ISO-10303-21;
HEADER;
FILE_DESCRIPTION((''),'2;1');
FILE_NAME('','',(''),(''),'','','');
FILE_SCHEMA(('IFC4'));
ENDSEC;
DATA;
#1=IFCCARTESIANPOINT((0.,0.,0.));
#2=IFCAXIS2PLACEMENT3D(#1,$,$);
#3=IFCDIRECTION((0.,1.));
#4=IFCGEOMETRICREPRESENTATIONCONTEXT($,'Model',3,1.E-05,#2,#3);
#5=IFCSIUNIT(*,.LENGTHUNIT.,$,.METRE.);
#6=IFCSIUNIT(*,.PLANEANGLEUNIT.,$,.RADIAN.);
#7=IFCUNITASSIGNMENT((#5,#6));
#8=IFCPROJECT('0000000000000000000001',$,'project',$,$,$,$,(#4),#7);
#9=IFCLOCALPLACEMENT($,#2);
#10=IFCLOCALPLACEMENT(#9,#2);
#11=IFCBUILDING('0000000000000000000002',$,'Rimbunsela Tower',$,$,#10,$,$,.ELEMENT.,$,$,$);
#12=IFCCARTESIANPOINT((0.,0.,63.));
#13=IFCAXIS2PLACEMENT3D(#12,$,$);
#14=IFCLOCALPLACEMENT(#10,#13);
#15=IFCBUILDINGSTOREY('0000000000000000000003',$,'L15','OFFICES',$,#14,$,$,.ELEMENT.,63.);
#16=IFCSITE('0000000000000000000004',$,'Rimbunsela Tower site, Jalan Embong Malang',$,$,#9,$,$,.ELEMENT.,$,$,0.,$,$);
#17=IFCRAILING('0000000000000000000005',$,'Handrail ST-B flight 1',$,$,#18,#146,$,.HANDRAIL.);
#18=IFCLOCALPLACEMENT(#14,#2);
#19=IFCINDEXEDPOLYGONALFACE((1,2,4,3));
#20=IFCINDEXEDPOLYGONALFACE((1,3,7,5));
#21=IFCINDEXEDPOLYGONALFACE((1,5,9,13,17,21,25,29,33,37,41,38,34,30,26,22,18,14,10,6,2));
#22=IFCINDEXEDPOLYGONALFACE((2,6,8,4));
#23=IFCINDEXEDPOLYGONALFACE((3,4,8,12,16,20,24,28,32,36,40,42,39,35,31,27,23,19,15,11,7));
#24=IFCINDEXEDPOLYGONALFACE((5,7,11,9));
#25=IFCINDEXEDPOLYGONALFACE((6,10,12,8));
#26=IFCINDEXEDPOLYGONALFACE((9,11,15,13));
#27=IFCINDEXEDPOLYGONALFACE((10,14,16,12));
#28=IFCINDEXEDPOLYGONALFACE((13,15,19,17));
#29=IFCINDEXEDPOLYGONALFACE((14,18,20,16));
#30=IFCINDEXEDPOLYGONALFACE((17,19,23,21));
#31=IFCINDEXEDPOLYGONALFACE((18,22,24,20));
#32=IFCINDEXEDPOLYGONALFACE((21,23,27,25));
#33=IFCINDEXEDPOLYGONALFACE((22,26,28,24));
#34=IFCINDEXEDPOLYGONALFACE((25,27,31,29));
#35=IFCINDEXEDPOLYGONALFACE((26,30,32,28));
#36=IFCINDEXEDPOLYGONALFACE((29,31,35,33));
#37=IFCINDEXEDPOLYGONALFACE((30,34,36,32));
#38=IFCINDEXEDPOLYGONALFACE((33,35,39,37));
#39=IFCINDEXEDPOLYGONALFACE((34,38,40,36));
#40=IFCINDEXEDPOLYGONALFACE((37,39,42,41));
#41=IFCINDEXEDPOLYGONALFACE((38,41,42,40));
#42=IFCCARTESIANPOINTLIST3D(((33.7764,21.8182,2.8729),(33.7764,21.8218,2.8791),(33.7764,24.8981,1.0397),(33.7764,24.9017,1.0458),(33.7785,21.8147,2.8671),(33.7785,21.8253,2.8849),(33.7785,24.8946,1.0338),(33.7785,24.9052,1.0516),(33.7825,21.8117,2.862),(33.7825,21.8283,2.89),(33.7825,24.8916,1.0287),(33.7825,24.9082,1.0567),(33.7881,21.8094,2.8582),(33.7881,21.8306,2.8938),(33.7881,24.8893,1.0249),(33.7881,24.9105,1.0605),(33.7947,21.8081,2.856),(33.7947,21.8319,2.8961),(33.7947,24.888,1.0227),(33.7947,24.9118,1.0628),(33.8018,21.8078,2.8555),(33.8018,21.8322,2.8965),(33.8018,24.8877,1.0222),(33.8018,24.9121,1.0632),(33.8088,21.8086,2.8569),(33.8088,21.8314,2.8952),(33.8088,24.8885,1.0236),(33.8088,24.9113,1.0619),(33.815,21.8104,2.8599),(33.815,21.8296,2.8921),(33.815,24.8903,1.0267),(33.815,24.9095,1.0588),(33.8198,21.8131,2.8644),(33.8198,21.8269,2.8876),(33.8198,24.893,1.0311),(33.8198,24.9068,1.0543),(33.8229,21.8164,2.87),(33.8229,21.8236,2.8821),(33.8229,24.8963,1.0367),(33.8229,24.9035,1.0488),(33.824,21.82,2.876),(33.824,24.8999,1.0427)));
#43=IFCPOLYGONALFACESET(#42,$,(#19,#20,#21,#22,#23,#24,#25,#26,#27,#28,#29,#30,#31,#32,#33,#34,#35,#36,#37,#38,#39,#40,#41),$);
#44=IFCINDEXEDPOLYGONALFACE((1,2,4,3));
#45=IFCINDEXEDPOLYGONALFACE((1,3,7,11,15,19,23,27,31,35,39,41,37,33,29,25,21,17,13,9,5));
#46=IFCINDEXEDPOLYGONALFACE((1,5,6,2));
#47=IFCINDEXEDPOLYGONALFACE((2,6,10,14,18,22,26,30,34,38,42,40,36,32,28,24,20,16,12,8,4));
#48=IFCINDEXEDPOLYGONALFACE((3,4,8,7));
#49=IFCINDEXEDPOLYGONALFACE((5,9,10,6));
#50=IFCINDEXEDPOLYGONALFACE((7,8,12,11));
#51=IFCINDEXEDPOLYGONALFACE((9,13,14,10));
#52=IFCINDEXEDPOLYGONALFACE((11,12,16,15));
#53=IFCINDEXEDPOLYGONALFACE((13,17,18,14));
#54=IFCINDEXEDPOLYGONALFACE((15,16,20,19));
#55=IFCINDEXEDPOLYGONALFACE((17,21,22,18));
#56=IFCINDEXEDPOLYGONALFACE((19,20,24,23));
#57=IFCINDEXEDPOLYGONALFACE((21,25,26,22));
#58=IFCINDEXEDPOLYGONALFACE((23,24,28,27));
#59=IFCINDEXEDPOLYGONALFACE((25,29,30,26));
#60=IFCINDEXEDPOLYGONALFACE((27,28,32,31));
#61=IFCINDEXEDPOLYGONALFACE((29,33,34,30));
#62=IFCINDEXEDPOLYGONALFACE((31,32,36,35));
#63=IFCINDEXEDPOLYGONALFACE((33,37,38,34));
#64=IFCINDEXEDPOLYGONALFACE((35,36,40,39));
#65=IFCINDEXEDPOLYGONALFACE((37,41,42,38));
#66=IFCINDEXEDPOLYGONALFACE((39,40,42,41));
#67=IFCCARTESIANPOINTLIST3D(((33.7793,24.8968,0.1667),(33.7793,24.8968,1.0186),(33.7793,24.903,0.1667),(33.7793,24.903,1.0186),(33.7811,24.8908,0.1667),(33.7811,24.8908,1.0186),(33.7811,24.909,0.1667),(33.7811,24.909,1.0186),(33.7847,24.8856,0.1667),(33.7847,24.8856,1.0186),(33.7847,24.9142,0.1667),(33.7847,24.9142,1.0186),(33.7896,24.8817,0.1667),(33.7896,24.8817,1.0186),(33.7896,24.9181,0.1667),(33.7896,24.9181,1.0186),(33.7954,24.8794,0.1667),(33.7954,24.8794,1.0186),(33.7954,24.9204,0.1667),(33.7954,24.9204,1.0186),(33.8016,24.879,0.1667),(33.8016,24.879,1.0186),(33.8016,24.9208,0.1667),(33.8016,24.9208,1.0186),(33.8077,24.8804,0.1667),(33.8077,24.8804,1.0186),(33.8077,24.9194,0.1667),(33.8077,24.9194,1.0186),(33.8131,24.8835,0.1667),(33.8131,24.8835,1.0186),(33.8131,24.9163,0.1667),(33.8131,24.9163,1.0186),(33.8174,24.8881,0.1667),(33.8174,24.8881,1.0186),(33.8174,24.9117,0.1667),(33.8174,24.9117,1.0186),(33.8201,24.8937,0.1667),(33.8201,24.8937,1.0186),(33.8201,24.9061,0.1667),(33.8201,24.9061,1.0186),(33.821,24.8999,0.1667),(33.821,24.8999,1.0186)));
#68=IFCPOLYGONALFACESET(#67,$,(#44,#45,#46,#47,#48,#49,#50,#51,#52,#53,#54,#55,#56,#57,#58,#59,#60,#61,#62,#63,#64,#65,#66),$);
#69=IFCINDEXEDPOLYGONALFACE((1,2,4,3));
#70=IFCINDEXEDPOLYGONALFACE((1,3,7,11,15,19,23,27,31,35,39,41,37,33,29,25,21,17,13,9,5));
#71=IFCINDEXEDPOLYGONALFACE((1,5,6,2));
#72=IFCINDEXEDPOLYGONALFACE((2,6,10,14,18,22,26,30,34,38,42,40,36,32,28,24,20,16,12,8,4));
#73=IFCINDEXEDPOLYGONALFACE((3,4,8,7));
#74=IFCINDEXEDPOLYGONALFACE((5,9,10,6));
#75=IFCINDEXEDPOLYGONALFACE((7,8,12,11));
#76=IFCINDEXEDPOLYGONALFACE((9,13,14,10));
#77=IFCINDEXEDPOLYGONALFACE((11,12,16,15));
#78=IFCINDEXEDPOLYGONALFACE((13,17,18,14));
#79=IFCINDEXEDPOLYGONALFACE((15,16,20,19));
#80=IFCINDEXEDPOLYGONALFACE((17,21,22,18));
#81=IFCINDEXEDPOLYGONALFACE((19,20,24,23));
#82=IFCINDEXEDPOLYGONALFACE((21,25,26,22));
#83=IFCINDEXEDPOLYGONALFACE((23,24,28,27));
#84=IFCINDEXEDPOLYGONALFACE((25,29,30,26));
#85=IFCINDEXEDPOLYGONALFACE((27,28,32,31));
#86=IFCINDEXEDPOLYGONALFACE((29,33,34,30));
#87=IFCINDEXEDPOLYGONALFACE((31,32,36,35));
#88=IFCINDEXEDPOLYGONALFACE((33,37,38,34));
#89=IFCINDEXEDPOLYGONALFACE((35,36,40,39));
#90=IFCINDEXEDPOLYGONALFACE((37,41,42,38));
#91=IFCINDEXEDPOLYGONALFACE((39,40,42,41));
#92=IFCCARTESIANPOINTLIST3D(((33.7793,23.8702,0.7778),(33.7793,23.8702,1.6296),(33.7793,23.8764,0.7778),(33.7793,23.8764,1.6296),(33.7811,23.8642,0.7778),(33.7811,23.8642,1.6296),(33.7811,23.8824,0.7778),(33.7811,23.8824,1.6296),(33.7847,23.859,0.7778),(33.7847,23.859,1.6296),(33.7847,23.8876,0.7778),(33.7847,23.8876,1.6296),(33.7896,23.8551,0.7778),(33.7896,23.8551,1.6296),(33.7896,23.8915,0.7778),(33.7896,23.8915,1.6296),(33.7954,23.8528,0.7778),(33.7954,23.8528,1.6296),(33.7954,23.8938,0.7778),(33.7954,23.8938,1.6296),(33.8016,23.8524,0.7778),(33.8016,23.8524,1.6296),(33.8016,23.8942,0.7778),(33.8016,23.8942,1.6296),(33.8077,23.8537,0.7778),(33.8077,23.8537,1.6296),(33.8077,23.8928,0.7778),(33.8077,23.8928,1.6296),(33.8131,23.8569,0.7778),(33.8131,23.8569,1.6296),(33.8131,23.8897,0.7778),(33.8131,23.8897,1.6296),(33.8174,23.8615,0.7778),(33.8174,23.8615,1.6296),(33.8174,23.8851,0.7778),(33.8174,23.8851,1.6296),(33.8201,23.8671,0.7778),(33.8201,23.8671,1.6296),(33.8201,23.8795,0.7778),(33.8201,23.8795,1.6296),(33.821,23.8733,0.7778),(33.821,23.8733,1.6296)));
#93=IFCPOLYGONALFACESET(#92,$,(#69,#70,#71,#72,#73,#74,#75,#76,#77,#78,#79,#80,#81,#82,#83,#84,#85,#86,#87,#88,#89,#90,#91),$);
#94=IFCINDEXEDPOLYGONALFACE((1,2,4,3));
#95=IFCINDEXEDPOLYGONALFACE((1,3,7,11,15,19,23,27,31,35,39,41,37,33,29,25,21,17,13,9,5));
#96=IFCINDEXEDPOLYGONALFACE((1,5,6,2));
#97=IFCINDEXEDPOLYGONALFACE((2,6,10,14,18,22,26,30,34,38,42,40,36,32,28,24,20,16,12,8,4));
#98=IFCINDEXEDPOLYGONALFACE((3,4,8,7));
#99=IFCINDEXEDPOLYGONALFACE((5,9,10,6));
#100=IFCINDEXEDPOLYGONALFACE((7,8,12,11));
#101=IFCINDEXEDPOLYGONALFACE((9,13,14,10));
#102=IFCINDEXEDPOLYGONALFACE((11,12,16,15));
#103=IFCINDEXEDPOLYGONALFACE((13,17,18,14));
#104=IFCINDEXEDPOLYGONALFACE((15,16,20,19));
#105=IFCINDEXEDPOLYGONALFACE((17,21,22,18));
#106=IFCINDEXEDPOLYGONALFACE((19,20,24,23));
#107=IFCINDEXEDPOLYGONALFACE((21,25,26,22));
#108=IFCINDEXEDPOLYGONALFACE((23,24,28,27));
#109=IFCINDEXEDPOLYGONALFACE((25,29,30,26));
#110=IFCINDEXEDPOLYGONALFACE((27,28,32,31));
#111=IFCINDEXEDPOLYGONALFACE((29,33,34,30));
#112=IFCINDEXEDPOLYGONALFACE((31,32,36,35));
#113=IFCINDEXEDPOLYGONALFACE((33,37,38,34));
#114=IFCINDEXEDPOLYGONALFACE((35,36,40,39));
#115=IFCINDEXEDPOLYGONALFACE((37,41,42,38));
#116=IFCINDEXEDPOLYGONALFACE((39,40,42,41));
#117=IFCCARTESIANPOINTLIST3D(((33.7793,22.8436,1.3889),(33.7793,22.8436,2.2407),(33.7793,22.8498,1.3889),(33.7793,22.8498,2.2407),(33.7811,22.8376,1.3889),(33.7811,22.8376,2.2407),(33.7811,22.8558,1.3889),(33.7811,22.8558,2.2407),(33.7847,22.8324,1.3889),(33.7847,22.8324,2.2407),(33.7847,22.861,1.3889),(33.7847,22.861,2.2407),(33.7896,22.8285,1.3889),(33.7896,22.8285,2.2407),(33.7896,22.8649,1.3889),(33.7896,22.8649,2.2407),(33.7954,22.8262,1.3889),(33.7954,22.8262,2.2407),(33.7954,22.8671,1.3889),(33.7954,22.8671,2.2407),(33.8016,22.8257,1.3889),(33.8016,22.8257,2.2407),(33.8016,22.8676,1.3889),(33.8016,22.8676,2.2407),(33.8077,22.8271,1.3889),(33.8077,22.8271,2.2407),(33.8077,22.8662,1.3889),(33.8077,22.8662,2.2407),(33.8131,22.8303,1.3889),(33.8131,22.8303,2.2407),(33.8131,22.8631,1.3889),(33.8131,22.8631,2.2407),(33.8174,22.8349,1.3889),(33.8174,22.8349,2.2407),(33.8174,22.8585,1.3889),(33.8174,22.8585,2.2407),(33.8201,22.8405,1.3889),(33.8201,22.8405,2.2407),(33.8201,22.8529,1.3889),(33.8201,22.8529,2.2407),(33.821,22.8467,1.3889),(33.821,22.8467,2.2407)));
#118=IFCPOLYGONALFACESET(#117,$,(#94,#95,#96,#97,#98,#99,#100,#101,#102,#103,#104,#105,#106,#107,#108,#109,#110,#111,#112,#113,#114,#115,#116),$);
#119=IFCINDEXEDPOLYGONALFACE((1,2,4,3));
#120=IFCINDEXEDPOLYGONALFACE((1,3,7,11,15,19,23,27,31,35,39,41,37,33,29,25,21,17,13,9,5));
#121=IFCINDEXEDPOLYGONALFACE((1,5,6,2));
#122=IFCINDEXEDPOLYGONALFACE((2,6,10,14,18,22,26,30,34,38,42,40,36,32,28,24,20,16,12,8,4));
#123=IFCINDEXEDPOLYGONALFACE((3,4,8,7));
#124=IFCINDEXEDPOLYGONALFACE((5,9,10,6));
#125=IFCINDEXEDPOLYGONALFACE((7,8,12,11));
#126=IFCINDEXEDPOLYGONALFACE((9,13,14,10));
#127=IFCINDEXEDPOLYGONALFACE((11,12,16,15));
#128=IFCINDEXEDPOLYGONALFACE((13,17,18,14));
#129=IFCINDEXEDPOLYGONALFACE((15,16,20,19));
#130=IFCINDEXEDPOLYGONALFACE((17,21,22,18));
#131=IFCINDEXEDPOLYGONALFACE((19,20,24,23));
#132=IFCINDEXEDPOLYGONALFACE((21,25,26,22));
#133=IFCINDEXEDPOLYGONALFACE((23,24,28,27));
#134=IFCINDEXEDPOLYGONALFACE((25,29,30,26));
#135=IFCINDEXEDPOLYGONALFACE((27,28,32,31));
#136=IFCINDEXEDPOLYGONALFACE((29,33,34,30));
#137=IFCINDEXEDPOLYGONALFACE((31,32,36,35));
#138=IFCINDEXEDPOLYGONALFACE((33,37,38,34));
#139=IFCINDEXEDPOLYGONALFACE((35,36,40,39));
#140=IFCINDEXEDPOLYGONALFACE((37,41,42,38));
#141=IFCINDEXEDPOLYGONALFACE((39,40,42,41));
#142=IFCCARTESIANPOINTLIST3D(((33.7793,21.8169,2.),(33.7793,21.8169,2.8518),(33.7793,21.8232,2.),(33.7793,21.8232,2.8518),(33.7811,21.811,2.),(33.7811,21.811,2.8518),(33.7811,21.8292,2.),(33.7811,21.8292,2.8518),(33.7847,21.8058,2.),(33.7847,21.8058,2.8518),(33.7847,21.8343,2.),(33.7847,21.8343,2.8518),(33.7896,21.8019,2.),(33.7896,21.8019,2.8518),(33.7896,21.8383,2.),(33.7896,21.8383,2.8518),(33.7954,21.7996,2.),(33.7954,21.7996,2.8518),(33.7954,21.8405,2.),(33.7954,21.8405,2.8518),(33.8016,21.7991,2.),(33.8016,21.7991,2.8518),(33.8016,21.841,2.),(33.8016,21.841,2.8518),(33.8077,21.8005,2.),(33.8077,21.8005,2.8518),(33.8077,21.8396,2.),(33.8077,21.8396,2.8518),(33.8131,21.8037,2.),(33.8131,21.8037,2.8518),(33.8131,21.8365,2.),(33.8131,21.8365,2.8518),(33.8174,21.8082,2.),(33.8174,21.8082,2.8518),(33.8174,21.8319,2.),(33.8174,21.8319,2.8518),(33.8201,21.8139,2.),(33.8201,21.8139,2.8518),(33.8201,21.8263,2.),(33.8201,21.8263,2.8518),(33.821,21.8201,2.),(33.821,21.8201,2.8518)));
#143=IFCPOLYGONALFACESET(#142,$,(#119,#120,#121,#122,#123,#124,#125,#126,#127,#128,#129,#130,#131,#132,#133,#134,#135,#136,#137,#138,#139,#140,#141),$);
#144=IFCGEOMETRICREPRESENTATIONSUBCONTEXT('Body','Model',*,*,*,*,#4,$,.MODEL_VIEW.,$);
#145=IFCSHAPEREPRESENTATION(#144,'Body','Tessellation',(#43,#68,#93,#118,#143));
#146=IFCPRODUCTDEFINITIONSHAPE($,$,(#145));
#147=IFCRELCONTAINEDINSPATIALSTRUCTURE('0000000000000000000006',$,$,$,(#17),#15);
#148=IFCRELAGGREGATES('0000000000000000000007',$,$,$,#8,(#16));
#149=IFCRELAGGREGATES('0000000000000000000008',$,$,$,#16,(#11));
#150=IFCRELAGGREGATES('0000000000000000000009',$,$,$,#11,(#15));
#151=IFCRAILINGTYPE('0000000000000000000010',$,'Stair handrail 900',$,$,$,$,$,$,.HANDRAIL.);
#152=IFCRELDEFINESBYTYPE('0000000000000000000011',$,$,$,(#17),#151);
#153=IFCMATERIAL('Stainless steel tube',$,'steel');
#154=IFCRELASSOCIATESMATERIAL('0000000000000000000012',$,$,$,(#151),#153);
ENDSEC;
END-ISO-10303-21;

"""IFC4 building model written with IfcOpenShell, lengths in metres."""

from ifc_helpers import new_model, si_unit, direction, frame, origin, origin_2d, place, context, subcontext, project, spatial, circle, extrude, material, type_object, element, save


model = new_model("IFC4")

# Units and contexts
model_context = context("Model", 3, precision=1e-05, world=origin(), true_north=direction((0.0, 1.0)))
body_context = subcontext(model_context, "Body", "Model", "MODEL_VIEW")
ifc_project = project(units=[si_unit("LENGTHUNIT", "METRE"), si_unit("PLANEANGLEUNIT", "RADIAN")], contexts=[model_context])

# Site, building, storey
site_placement = place(None, origin())
site = spatial("IfcSite", under=ifc_project, at=site_placement, Name="Rimbunsela Tower site, Jalan Embong Malang", CompositionType="ELEMENT", RefElevation=0.0)
building_placement = place(site_placement, origin())
building = spatial("IfcBuilding", under=site, at=building_placement, Name="Rimbunsela Tower", CompositionType="ELEMENT")
storey_placement = place(building_placement, frame((0.0, 0.0, 63.0)))
storey = spatial("IfcBuildingStorey", under=building, at=storey_placement, Name="L15", Description="OFFICES", CompositionType="ELEMENT", Elevation=63.0)

# Railing
ifc_material_1 = material(Name="Stainless steel tube", Category="steel")
railing_type = type_object("IfcRailingType", Name="Stair handrail 900", PredefinedType="HANDRAIL", material=ifc_material_1)
railing_placement = place(storey_placement, frame((33.8, 24.8999, 0.1667)))
element("IfcRailing", 1, at=railing_placement, inside=storey, type_object=railing_type, Name="Handrail ST-B flight 1", PredefinedType="HANDRAIL", context=body_context, shape_type="SweptSolid", body=[
    extrude(circle(Radius=0.0239, at=origin_2d()), frame((0.0, 0.0, 0.876), z_axis=(0.0, -0.859291, 0.511487), x_axis=(1.0, 0.0, 0.0)), (0.0, 0.0, 1.0), 3.5842),
    extrude(circle(Radius=0.021, at=origin_2d()), origin(), (0.0, 0.0, 1.0), 0.8518),
    extrude(circle(Radius=0.021, at=origin_2d()), frame((0.0, -1.0266, 0.6111)), (0.0, 0.0, 1.0), 0.8518),
    extrude(circle(Radius=0.021, at=origin_2d()), frame((0.0, -2.0532, 1.2222)), (0.0, 0.0, 1.0), 0.8518),
    extrude(circle(Radius=0.021, at=origin_2d()), frame((0.0, -3.0798, 1.8333)), (0.0, 0.0, 1.0), 0.8518),
])

save(model, "model.ifc")
